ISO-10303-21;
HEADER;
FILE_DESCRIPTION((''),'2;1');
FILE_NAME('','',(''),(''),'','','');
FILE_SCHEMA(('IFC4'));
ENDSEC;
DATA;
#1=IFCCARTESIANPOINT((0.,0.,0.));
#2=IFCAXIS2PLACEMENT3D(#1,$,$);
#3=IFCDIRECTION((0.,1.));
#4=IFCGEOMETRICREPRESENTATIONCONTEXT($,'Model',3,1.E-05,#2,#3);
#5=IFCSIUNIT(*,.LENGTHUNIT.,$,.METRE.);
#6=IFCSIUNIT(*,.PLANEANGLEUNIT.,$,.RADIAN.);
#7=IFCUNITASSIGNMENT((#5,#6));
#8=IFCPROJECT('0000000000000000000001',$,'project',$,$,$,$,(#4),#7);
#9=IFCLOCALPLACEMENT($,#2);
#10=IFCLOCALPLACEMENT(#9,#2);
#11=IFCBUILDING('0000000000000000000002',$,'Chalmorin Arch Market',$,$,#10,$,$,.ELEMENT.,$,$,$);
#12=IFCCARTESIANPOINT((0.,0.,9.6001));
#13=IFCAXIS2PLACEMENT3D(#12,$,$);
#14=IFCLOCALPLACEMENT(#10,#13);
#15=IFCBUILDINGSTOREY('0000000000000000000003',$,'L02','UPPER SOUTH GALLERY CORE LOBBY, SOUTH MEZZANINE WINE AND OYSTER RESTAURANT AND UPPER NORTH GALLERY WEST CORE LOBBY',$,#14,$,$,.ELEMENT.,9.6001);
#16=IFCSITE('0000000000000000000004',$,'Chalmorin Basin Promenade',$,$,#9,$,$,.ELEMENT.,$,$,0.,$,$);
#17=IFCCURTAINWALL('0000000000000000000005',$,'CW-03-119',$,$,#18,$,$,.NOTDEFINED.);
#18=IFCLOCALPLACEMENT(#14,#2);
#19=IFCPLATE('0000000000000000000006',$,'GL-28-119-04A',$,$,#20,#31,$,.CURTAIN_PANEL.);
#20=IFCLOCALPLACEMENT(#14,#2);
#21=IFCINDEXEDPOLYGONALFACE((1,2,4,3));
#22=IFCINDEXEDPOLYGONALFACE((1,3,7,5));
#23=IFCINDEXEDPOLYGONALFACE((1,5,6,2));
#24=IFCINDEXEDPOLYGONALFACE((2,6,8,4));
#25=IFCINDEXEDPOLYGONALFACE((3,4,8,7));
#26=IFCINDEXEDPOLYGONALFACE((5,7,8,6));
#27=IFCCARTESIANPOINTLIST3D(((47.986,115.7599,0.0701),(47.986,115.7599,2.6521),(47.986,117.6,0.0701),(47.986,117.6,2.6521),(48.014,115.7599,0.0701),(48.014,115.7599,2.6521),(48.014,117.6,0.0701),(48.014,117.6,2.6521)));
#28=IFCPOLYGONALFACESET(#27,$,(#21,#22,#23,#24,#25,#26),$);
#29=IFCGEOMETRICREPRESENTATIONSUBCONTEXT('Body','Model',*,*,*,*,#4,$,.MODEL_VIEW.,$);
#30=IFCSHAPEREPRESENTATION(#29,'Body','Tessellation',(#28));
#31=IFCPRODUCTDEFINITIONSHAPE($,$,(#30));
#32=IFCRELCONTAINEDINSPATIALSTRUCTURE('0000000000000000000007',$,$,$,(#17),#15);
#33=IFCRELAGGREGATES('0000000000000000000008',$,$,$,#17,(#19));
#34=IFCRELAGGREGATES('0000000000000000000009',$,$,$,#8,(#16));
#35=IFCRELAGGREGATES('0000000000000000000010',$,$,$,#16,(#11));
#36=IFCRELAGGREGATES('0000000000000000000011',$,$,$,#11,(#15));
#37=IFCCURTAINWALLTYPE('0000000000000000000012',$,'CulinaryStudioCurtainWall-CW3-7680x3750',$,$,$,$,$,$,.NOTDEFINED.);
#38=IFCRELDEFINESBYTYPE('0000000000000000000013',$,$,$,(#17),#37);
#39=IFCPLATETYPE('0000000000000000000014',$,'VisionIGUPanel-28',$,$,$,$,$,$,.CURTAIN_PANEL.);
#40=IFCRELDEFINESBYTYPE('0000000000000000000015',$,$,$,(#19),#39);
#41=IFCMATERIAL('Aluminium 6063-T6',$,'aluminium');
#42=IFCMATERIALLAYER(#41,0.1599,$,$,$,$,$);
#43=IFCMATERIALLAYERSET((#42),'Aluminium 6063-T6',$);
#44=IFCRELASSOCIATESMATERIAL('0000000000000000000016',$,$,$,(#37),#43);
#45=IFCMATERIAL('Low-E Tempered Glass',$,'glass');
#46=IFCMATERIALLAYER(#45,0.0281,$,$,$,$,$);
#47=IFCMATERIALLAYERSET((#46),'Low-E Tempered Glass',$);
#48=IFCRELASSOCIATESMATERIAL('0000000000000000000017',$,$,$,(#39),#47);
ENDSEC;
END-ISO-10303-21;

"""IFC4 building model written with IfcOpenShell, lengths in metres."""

from ifc_helpers import new_model, si_unit, direction, frame, origin, origin_2d, place, context, subcontext, project, spatial, rectangle, extrude, material, layer, layer_set, type_object, element, aggregate, save


model = new_model("IFC4")

# Units and contexts
model_context = context("Model", 3, precision=1e-05, world=origin(), true_north=direction((0.0, 1.0)))
body_context = subcontext(model_context, "Body", "Model", "MODEL_VIEW")
ifc_project = project(units=[si_unit("LENGTHUNIT", "METRE"), si_unit("PLANEANGLEUNIT", "RADIAN")], contexts=[model_context])

# Site, building, storey
site_placement = place(None, origin())
site = spatial("IfcSite", under=ifc_project, at=site_placement, Name="Chalmorin Basin Promenade", CompositionType="ELEMENT", RefElevation=0.0)
building_placement = place(site_placement, origin())
building = spatial("IfcBuilding", under=site, at=building_placement, Name="Chalmorin Arch Market", CompositionType="ELEMENT")
storey_placement = place(building_placement, frame((0.0, 0.0, 9.6001)))
storey = spatial("IfcBuildingStorey", under=building, at=storey_placement, Name="L02", Description="UPPER SOUTH GALLERY CORE LOBBY, SOUTH MEZZANINE WINE AND OYSTER RESTAURANT AND UPPER NORTH GALLERY WEST CORE LOBBY", CompositionType="ELEMENT", Elevation=9.6001)

# Curtain wall
ifc_material_1 = material(Name="Aluminium 6063-T6", Category="aluminium")
ifc_layer_1 = layer(ifc_material_1, 0.1599)
ifc_layer_set_1 = layer_set([ifc_layer_1], Name="Aluminium 6063-T6")
curtain_wall_type_1 = type_object("IfcCurtainWallType", Name="CulinaryStudioCurtainWall-CW3-7680x3750", PredefinedType="NOTDEFINED", material=ifc_layer_set_1)
curtain_wall_1_placement = place(storey_placement, origin())
curtain_wall_1 = element("IfcCurtainWall", 1, at=curtain_wall_1_placement, inside=storey, type_object=curtain_wall_type_1, Name="CW-03-119", PredefinedType="NOTDEFINED")

# Plate
ifc_material_2 = material(Name="Low-E Tempered Glass", Category="glass")
ifc_layer_2 = layer(ifc_material_2, 0.0281)
ifc_layer_set_2 = layer_set([ifc_layer_2], Name="Low-E Tempered Glass")
plate_type_1 = type_object("IfcPlateType", Name="VisionIGUPanel-28", PredefinedType="CURTAIN_PANEL", material=ifc_layer_set_2)
plate_1_placement = place(storey_placement, frame((48.0, 116.6799, 0.0701), z_axis=(0.0, 0.0, 1.0), x_axis=(0.0, 1.0, 0.0)))
plate_1 = element("IfcPlate", 2, at=plate_1_placement, type_object=plate_type_1, Name="GL-28-119-04A", PredefinedType="CURTAIN_PANEL", context=body_context, shape_type="SweptSolid", body=[
    extrude(rectangle(XDim=1.8401, YDim=0.0281, at=origin_2d()), origin(), (0.0, 0.0, 1.0), 2.582),
])
aggregate(curtain_wall_1, [plate_1])

save(model, "model.ifc")
